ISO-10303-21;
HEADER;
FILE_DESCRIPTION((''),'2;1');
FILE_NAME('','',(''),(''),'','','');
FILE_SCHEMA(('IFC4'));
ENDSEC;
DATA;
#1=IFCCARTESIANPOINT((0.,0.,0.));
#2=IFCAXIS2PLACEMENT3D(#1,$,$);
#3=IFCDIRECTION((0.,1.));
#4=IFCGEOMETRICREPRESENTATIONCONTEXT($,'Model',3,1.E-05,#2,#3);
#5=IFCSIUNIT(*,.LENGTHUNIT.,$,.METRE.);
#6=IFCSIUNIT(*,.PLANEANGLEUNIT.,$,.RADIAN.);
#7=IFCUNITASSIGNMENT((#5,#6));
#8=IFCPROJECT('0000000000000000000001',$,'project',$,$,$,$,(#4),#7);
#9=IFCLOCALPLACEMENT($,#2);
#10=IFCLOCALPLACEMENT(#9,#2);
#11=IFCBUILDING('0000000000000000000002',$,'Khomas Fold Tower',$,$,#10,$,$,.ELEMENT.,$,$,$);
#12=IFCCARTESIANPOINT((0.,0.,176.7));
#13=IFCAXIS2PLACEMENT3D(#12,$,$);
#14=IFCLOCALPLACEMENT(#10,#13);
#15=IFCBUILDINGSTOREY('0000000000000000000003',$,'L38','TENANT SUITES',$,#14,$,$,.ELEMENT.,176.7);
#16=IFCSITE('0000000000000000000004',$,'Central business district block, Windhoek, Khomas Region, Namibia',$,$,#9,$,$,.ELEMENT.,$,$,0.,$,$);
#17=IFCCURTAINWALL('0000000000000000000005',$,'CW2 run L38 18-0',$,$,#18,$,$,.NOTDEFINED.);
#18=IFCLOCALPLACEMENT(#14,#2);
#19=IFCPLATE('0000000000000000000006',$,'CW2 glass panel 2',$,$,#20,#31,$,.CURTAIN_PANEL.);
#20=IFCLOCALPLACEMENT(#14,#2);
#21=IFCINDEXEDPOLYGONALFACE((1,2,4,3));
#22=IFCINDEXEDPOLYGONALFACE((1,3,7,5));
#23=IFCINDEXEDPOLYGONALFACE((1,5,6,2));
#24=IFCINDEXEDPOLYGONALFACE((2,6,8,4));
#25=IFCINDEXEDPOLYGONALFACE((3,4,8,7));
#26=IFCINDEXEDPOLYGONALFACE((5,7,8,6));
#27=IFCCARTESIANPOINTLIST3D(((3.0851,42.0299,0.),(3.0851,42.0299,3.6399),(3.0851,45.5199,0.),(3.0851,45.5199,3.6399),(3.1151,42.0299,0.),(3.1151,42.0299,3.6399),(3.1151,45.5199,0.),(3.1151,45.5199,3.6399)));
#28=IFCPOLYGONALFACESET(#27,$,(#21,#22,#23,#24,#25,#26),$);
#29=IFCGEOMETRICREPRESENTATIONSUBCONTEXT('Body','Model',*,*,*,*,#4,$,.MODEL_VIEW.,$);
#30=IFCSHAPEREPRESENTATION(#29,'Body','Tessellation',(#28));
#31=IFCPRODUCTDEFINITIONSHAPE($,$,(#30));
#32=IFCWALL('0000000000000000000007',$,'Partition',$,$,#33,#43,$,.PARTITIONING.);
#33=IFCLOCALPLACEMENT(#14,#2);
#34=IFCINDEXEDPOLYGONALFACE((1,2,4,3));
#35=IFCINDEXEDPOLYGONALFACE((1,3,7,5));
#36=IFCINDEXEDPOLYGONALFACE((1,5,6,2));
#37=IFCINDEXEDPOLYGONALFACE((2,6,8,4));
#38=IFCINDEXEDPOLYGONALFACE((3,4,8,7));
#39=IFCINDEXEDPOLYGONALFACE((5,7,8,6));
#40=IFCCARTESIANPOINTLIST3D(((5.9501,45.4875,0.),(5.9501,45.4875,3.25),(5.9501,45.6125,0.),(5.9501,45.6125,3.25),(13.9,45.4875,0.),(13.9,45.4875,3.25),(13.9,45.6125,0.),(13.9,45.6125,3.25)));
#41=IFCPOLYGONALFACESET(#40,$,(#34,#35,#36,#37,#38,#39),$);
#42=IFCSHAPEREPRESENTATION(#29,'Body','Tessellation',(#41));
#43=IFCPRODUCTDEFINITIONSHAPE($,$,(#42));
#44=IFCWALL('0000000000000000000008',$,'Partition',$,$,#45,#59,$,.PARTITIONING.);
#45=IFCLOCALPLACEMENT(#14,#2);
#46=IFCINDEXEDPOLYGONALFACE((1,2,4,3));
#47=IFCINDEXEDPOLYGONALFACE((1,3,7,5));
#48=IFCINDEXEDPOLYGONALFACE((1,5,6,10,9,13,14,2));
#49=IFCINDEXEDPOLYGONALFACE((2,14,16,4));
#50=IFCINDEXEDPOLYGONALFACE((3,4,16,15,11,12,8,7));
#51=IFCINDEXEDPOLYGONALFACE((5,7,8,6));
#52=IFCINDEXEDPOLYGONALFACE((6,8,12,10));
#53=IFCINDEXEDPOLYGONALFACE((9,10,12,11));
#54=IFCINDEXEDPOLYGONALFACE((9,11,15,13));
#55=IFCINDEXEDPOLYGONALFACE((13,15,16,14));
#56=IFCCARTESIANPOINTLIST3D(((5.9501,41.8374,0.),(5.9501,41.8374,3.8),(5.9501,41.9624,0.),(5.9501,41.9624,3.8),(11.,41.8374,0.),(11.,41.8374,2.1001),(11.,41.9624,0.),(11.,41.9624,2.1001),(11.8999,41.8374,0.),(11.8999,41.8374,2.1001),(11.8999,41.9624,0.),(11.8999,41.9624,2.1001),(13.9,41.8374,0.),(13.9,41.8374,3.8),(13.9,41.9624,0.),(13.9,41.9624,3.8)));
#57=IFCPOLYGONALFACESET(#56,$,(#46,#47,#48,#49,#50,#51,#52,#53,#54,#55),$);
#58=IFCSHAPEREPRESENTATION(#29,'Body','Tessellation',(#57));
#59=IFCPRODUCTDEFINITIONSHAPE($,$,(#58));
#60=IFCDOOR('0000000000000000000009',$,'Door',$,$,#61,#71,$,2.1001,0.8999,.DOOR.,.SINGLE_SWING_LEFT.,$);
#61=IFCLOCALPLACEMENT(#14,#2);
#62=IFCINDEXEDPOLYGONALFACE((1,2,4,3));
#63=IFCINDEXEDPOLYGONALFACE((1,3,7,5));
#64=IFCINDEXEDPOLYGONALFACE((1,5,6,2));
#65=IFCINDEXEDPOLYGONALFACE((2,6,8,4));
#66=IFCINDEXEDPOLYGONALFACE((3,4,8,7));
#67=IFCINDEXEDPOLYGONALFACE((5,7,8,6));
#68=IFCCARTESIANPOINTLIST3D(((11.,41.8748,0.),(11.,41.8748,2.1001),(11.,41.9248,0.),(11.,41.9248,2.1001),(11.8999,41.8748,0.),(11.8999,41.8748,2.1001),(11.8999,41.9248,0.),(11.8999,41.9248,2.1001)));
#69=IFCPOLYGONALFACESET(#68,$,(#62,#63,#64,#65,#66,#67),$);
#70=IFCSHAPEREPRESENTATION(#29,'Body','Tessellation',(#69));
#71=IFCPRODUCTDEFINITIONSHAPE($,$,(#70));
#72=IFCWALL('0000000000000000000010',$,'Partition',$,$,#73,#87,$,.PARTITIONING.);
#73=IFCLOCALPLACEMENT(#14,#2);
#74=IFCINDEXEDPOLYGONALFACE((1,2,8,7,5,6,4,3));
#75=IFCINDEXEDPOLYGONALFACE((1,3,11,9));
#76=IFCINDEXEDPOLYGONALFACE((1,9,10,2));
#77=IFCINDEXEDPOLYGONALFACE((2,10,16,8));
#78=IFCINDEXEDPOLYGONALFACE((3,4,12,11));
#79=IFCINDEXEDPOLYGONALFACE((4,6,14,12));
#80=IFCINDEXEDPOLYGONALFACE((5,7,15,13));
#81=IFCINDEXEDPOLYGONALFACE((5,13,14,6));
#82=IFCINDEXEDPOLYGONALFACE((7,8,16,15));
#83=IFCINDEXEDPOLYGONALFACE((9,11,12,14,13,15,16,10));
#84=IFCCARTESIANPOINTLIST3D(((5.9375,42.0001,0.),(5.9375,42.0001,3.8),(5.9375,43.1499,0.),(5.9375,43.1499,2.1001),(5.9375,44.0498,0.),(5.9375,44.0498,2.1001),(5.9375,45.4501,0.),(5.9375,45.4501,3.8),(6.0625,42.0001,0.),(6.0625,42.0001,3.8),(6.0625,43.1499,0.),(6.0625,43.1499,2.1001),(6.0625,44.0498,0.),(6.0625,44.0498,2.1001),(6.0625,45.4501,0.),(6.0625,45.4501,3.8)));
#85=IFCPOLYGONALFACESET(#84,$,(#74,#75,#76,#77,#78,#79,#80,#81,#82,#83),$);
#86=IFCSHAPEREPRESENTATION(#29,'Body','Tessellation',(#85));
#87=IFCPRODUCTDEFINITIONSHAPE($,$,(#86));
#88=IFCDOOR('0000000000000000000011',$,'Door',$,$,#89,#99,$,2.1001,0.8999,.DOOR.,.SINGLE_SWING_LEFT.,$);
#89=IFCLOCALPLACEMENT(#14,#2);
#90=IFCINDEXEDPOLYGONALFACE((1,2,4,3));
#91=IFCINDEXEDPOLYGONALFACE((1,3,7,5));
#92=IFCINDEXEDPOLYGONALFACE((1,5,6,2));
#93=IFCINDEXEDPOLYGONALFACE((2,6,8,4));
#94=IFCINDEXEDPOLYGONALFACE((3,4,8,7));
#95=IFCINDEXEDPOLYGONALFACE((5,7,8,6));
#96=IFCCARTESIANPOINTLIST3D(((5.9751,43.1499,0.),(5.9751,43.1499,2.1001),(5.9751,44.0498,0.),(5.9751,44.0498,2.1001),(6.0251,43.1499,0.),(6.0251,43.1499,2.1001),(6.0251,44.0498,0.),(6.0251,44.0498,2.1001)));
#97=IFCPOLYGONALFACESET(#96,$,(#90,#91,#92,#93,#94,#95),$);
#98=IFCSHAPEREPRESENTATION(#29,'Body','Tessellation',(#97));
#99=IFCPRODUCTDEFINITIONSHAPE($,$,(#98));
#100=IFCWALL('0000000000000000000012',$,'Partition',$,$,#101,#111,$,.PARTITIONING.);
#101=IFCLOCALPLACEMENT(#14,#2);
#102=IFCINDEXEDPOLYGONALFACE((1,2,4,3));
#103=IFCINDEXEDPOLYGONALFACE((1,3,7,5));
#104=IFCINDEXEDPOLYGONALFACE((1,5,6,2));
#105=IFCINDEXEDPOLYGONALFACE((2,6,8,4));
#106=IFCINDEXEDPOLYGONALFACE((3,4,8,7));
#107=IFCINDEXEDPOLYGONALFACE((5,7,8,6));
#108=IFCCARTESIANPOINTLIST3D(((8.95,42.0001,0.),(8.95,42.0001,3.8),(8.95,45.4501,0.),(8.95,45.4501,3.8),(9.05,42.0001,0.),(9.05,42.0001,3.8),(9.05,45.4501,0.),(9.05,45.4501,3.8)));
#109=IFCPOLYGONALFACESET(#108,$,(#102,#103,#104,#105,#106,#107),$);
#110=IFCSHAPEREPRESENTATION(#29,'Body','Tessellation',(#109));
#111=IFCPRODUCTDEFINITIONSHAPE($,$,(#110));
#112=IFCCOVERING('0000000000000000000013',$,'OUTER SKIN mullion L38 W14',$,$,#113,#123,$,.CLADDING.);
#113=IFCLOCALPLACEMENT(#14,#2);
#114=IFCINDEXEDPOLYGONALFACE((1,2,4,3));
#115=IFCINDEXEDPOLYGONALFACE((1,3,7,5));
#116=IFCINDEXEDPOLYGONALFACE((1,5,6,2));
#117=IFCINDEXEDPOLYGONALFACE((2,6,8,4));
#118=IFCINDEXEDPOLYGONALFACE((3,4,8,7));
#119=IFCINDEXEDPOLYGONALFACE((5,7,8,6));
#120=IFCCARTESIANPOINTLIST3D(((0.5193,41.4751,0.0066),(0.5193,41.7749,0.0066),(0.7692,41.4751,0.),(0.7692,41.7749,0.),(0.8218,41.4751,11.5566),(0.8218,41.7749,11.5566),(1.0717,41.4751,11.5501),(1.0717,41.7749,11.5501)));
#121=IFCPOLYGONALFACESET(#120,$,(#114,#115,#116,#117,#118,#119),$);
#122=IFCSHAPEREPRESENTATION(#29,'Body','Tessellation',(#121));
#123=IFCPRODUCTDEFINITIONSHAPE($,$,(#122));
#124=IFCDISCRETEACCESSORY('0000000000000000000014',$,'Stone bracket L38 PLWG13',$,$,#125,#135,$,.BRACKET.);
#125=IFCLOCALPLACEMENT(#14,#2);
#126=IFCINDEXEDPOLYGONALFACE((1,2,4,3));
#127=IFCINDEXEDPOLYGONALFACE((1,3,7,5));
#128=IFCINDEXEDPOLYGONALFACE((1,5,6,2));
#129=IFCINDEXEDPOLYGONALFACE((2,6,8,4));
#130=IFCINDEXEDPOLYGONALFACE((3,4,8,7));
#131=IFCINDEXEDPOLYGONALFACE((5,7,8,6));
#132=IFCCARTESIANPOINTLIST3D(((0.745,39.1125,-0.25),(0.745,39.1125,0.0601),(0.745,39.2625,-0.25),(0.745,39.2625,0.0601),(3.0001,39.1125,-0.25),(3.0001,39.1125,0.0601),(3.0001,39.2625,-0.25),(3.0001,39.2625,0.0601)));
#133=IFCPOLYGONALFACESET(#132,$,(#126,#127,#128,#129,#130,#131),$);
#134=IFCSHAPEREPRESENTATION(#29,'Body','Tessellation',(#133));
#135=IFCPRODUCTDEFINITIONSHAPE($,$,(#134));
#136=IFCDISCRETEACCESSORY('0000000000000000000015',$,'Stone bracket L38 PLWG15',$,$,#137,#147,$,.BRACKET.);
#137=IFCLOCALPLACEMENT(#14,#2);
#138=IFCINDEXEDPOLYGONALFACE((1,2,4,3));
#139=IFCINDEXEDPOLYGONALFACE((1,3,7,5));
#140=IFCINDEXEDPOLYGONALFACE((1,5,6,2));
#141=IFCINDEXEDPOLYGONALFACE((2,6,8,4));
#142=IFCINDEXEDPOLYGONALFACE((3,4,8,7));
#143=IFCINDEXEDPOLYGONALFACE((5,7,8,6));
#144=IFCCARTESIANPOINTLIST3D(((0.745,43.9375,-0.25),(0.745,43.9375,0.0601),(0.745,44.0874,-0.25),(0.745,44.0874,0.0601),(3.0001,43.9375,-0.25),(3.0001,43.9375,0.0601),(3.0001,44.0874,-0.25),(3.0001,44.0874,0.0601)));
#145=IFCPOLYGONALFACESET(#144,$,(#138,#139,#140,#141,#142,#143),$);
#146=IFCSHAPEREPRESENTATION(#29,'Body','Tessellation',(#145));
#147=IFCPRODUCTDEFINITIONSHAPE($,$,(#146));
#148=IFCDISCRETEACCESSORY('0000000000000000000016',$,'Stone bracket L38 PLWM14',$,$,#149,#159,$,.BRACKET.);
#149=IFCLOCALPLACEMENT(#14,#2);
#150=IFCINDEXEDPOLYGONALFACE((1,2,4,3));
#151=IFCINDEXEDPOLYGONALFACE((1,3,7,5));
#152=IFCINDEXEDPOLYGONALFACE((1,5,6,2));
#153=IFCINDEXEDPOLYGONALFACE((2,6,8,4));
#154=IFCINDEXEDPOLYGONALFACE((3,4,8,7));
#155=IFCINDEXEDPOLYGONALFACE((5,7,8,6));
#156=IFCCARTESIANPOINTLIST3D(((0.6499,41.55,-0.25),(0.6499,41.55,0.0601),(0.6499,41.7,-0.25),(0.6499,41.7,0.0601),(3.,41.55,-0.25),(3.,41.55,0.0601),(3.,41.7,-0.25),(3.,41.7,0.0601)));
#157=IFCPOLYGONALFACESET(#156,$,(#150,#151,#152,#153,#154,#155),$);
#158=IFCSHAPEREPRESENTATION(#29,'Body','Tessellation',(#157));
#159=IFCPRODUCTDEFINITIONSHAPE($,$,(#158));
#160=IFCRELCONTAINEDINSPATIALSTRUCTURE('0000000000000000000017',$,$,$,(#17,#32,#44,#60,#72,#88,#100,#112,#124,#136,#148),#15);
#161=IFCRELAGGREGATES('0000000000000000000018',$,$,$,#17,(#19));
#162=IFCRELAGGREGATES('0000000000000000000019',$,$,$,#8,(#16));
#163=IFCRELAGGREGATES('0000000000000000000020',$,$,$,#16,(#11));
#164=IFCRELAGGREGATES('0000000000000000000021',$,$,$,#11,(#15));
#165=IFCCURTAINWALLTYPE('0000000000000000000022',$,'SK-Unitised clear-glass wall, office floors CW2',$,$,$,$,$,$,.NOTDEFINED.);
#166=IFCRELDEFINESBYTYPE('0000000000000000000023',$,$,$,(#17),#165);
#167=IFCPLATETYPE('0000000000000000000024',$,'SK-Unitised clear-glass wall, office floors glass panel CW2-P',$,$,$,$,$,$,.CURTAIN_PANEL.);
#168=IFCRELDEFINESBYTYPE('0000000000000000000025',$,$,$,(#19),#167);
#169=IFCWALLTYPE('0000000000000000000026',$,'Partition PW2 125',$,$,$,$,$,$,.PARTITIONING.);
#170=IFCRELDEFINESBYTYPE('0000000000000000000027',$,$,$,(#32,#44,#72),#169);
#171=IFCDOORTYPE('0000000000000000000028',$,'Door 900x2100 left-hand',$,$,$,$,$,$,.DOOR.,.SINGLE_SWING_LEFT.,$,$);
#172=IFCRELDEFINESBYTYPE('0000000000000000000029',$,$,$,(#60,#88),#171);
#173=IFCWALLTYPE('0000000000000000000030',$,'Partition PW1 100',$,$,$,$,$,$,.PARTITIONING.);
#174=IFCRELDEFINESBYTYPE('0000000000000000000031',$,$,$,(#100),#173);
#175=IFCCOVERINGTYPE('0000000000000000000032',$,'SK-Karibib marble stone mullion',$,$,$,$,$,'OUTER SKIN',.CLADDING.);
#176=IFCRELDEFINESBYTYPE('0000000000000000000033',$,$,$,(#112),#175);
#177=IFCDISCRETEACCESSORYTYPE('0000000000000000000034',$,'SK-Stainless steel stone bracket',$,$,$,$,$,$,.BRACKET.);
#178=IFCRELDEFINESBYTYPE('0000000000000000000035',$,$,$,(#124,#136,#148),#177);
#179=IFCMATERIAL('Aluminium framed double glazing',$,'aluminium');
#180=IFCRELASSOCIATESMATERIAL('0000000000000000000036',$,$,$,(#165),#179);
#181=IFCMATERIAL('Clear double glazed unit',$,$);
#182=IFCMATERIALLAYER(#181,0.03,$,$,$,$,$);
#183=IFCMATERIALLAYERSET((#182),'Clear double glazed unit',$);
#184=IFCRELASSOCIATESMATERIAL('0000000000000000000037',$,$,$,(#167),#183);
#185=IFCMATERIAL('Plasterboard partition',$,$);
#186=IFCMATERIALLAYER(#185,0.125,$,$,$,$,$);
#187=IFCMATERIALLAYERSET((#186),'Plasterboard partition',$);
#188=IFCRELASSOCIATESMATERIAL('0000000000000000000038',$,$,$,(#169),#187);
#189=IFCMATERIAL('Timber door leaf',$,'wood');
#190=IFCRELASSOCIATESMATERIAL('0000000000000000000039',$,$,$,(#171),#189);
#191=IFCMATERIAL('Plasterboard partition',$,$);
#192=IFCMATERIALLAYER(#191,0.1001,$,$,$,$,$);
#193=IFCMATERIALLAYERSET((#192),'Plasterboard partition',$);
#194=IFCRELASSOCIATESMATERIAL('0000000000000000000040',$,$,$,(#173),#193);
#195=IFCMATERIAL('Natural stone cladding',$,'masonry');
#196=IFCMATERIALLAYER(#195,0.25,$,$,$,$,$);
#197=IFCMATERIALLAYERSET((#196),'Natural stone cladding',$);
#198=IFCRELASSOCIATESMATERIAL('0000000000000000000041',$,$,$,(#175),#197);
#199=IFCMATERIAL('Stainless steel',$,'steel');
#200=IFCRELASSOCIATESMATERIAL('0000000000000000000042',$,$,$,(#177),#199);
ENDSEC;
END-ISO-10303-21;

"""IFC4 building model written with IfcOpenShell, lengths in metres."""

from ifc_helpers import new_model, si_unit, direction, frame, frame_2d, origin, origin_2d, place, context, subcontext, project, spatial, polyline, rectangle, outline, extrude, source, transform, mapped, material, layer, layer_set, type_object, element, fill, aggregate, save


model = new_model("IFC4")

# Units and contexts
model_context = context("Model", 3, precision=1e-05, world=origin(), true_north=direction((0.0, 1.0)))
body_context = subcontext(model_context, "Body", "Model", "MODEL_VIEW")
ifc_project = project(units=[si_unit("LENGTHUNIT", "METRE"), si_unit("PLANEANGLEUNIT", "RADIAN")], contexts=[model_context])

# Site, building, storey
site_placement = place(None, origin())
site = spatial("IfcSite", under=ifc_project, at=site_placement, Name="Central business district block, Windhoek, Khomas Region, Namibia", CompositionType="ELEMENT", RefElevation=0.0)
building_placement = place(site_placement, origin())
building = spatial("IfcBuilding", under=site, at=building_placement, Name="Khomas Fold Tower", CompositionType="ELEMENT")
storey_placement = place(building_placement, frame((0.0, 0.0, 176.7)))
storey = spatial("IfcBuildingStorey", under=building, at=storey_placement, Name="L38", Description="TENANT SUITES", CompositionType="ELEMENT", Elevation=176.7)

# Curtain wall
ifc_material_1 = material(Name="Aluminium framed double glazing", Category="aluminium")
curtain_wall_type = type_object("IfcCurtainWallType", Name="SK-Unitised clear-glass wall, office floors CW2", PredefinedType="NOTDEFINED", material=ifc_material_1)
curtain_wall_placement = place(storey_placement, origin())
curtain_wall = element("IfcCurtainWall", 1, at=curtain_wall_placement, inside=storey, type_object=curtain_wall_type, Name="CW2 run L38 18-0", PredefinedType="NOTDEFINED")

# Plate
ifc_material_2 = material(Name="Clear double glazed unit")
ifc_layer_1 = layer(ifc_material_2, 0.03)
ifc_layer_set_1 = layer_set([ifc_layer_1], Name="Clear double glazed unit")
plate_type_1 = type_object("IfcPlateType", Name="SK-Unitised clear-glass wall, office floors glass panel CW2-P", PredefinedType="CURTAIN_PANEL", material=ifc_layer_set_1)
shared_shape_1 = source(origin(), body_context, "Body", "SweptSolid", [
    extrude(rectangle(XDim=3.49, YDim=0.03, at=origin_2d()), origin(), (0.0, 0.0, 1.0), 3.6399),
])
plate_1_placement = place(storey_placement, frame((3.1001, 43.7749, 0.0), z_axis=(0.0, 0.0, 1.0), x_axis=(0.0, -1.0, 0.0)))
plate_1 = element("IfcPlate", 2, at=plate_1_placement, type_object=plate_type_1, Name="CW2 glass panel 2", PredefinedType="CURTAIN_PANEL", context=body_context, shape_type="MappedRepresentation", body=[
    mapped(shared_shape_1, transform((0.0, 0.0, 0.0))),
])
aggregate(curtain_wall, [plate_1])

# Wall
ifc_material_3 = material(Name="Plasterboard partition")
ifc_layer_2 = layer(ifc_material_3, 0.125)
ifc_layer_set_2 = layer_set([ifc_layer_2], Name="Plasterboard partition")
wall_type_1 = type_object("IfcWallType", Name="Partition PW2 125", PredefinedType="PARTITIONING", material=ifc_layer_set_2)
shared_shape_2 = source(origin(), body_context, "Body", "SweptSolid", [
    extrude(rectangle(XDim=7.95, YDim=0.125, at=frame_2d((3.9751, 0.0))), origin(), (0.0, 0.0, 1.0), 3.25),
])
wall_1_placement = place(storey_placement, frame((5.95, 45.55, 0.0), z_axis=(0.0, 0.0, 1.0), x_axis=(1.0, 0.0, 0.0)))
element("IfcWall", 3, at=wall_1_placement, inside=storey, type_object=wall_type_1, Name="Partition", PredefinedType="PARTITIONING", context=body_context, shape_type="MappedRepresentation", body=[
    mapped(shared_shape_2, transform((0.0, 0.0, 0.0))),
])

# Walls, openings, doors
shared_shape_3 = source(origin(), body_context, "Body", "SweptSolid", [
    extrude(rectangle(XDim=7.95, YDim=0.125, at=frame_2d((3.9751, 0.0))), origin(), (0.0, 0.0, 1.0), 3.8),
])
wall_2_placement = place(storey_placement, frame((5.95, 41.8999, 0.0), z_axis=(0.0, 0.0, 1.0), x_axis=(1.0, 0.0, 0.0)))
wall_2 = element("IfcWall", 4, at=wall_2_placement, inside=storey, type_object=wall_type_1, Name="Partition", PredefinedType="PARTITIONING", context=body_context, shape_type="MappedRepresentation", body=[
    mapped(shared_shape_3, transform((0.0, 0.0, 0.0))),
])
shared_shape_4 = source(origin(), body_context, "Body", "SweptSolid", [
    extrude(rectangle(XDim=0.8999, YDim=2.1001, at=frame_2d((0.45, 1.05))), frame((0.0, 0.0725, 0.0), z_axis=(0.0, -1.0, 0.0), x_axis=(1.0, 0.0, 0.0)), (0.0, 0.0, 1.0), 0.145),
])
opening_1_placement = place(wall_2_placement, frame((5.05, 0.0, 0.0)))
opening_1 = element("IfcOpeningElement", 5, at=opening_1_placement, cuts=wall_2, PredefinedType="OPENING", context=body_context, shape_type="MappedRepresentation", body=[
    mapped(shared_shape_4, transform((0.0, 0.0, 0.0))),
])
ifc_material_4 = material(Name="Timber door leaf", Category="wood")
door_type = type_object("IfcDoorType", Name="Door 900x2100 left-hand", OperationType="SINGLE_SWING_LEFT", PredefinedType="DOOR", material=ifc_material_4)
shared_shape_5 = source(origin(), body_context, "Body", "SweptSolid", [
    extrude(rectangle(XDim=0.8999, YDim=2.1001, at=frame_2d((0.45, 1.05))), frame((0.0, 0.0249, 0.0), z_axis=(0.0, -1.0, 0.0), x_axis=(1.0, 0.0, 0.0)), (0.0, 0.0, 1.0), 0.05),
])
door_1_placement = place(opening_1_placement, origin())
door_1 = element("IfcDoor", 6, at=door_1_placement, inside=storey, type_object=door_type, Name="Door", OperationType="SINGLE_SWING_LEFT", OverallHeight=2.1001, OverallWidth=0.8999, PredefinedType="DOOR", context=body_context, shape_type="MappedRepresentation", body=[
    mapped(shared_shape_5, transform((0.0, 0.0, 0.0))),
])
fill(opening_1, door_1)
shared_shape_6 = source(origin(), body_context, "Body", "SweptSolid", [
    extrude(rectangle(XDim=3.45, YDim=0.125, at=frame_2d((1.7251, 0.0))), origin(), (0.0, 0.0, 1.0), 3.8),
])
wall_3_placement = place(storey_placement, frame((6.0, 42.0, 0.0), z_axis=(0.0, 0.0, 1.0), x_axis=(0.0, 1.0, 0.0)))
wall_3 = element("IfcWall", 7, at=wall_3_placement, inside=storey, type_object=wall_type_1, Name="Partition", PredefinedType="PARTITIONING", context=body_context, shape_type="MappedRepresentation", body=[
    mapped(shared_shape_6, transform((0.0, 0.0, 0.0))),
])
opening_2_placement = place(wall_3_placement, frame((1.1499, 0.0, 0.0)))
opening_2 = element("IfcOpeningElement", 8, at=opening_2_placement, cuts=wall_3, PredefinedType="OPENING", context=body_context, shape_type="MappedRepresentation", body=[
    mapped(shared_shape_4, transform((0.0, 0.0, 0.0))),
])
door_2_placement = place(opening_2_placement, origin())
door_2 = element("IfcDoor", 9, at=door_2_placement, inside=storey, type_object=door_type, Name="Door", OperationType="SINGLE_SWING_LEFT", OverallHeight=2.1001, OverallWidth=0.8999, PredefinedType="DOOR", context=body_context, shape_type="MappedRepresentation", body=[
    mapped(shared_shape_5, transform((0.0, 0.0, 0.0))),
])
fill(opening_2, door_2)

# Wall
ifc_material_5 = material(Name="Plasterboard partition")
ifc_layer_3 = layer(ifc_material_5, 0.1001)
ifc_layer_set_3 = layer_set([ifc_layer_3], Name="Plasterboard partition")
wall_type_2 = type_object("IfcWallType", Name="Partition PW1 100", PredefinedType="PARTITIONING", material=ifc_layer_set_3)
shared_shape_7 = source(origin(), body_context, "Body", "SweptSolid", [
    extrude(rectangle(XDim=3.45, YDim=0.1001, at=frame_2d((1.7251, 0.0))), origin(), (0.0, 0.0, 1.0), 3.8),
])
wall_4_placement = place(storey_placement, frame((9.0, 42.0, 0.0), z_axis=(0.0, 0.0, 1.0), x_axis=(0.0, 1.0, 0.0)))
element("IfcWall", 10, at=wall_4_placement, inside=storey, type_object=wall_type_2, Name="Partition", PredefinedType="PARTITIONING", context=body_context, shape_type="MappedRepresentation", body=[
    mapped(shared_shape_7, transform((0.0, 0.0, 0.0))),
])

# Covering
ifc_material_6 = material(Name="Natural stone cladding", Category="masonry")
ifc_layer_4 = layer(ifc_material_6, 0.25)
ifc_layer_set_4 = layer_set([ifc_layer_4], Name="Natural stone cladding")
covering_type = type_object("IfcCoveringType", Name="SK-Karibib marble stone mullion", ElementType="OUTER SKIN", PredefinedType="CLADDING", material=ifc_layer_set_4)
covering_placement = place(storey_placement, frame((0.5193, 41.4751, 0.0066), z_axis=(-0.999657, 0.0, 0.026181), x_axis=(0.0, 1.0, 0.0)))
element("IfcCovering", 11, at=covering_placement, inside=storey, type_object=covering_type, Name="OUTER SKIN mullion L38 W14", PredefinedType="CLADDING", context=body_context, shape_type="SweptSolid", body=[
    extrude(outline(polyline([(0.0, 0.0), (0.2998, 0.0), (0.2998, -11.554), (0.0, -11.554), (0.0, 0.0)])), origin(), (0.0, 0.0, -1.0), 0.25),
])

# Discrete accessories
ifc_material_7 = material(Name="Stainless steel", Category="steel")
discrete_accessory_type = type_object("IfcDiscreteAccessoryType", Name="SK-Stainless steel stone bracket", PredefinedType="BRACKET", material=ifc_material_7)
shared_shape_8 = source(origin(), body_context, "Body", "SweptSolid", [
    extrude(rectangle(XDim=2.2551, YDim=0.1499, at=origin_2d()), origin(), (0.0, 0.0, 1.0), 0.3101),
])
for number, where, z_axis, x_axis, name in (
    (12, (1.8726, 39.1875, -0.25), (0.0, 0.0, 1.0), (-1.0, 0.0, 0.0), "Stone bracket L38 PLWG13"),
    (13, (1.8726, 44.0125, -0.25), (0.0, 0.0, 1.0), (-1.0, 0.0, 0.0), "Stone bracket L38 PLWG15"),
):
    element("IfcDiscreteAccessory", number, at=place(storey_placement, frame(where, z_axis=z_axis, x_axis=x_axis)), inside=storey, type_object=discrete_accessory_type, Name=name, PredefinedType="BRACKET", context=body_context, shape_type="MappedRepresentation", body=[
        mapped(shared_shape_8, transform((0.0, 0.0, 0.0))),
    ])
shared_shape_9 = source(origin(), body_context, "Body", "SweptSolid", [
    extrude(rectangle(XDim=2.3501, YDim=0.1499, at=origin_2d()), origin(), (0.0, 0.0, 1.0), 0.3101),
])
discrete_accessory_placement = place(storey_placement, frame((1.825, 41.625, -0.25), z_axis=(0.0, 0.0, 1.0), x_axis=(-1.0, 0.0, 0.0)))
element("IfcDiscreteAccessory", 14, at=discrete_accessory_placement, inside=storey, type_object=discrete_accessory_type, Name="Stone bracket L38 PLWM14", PredefinedType="BRACKET", context=body_context, shape_type="MappedRepresentation", body=[
    mapped(shared_shape_9, transform((0.0, 0.0, 0.0))),
])

save(model, "model.ifc")
